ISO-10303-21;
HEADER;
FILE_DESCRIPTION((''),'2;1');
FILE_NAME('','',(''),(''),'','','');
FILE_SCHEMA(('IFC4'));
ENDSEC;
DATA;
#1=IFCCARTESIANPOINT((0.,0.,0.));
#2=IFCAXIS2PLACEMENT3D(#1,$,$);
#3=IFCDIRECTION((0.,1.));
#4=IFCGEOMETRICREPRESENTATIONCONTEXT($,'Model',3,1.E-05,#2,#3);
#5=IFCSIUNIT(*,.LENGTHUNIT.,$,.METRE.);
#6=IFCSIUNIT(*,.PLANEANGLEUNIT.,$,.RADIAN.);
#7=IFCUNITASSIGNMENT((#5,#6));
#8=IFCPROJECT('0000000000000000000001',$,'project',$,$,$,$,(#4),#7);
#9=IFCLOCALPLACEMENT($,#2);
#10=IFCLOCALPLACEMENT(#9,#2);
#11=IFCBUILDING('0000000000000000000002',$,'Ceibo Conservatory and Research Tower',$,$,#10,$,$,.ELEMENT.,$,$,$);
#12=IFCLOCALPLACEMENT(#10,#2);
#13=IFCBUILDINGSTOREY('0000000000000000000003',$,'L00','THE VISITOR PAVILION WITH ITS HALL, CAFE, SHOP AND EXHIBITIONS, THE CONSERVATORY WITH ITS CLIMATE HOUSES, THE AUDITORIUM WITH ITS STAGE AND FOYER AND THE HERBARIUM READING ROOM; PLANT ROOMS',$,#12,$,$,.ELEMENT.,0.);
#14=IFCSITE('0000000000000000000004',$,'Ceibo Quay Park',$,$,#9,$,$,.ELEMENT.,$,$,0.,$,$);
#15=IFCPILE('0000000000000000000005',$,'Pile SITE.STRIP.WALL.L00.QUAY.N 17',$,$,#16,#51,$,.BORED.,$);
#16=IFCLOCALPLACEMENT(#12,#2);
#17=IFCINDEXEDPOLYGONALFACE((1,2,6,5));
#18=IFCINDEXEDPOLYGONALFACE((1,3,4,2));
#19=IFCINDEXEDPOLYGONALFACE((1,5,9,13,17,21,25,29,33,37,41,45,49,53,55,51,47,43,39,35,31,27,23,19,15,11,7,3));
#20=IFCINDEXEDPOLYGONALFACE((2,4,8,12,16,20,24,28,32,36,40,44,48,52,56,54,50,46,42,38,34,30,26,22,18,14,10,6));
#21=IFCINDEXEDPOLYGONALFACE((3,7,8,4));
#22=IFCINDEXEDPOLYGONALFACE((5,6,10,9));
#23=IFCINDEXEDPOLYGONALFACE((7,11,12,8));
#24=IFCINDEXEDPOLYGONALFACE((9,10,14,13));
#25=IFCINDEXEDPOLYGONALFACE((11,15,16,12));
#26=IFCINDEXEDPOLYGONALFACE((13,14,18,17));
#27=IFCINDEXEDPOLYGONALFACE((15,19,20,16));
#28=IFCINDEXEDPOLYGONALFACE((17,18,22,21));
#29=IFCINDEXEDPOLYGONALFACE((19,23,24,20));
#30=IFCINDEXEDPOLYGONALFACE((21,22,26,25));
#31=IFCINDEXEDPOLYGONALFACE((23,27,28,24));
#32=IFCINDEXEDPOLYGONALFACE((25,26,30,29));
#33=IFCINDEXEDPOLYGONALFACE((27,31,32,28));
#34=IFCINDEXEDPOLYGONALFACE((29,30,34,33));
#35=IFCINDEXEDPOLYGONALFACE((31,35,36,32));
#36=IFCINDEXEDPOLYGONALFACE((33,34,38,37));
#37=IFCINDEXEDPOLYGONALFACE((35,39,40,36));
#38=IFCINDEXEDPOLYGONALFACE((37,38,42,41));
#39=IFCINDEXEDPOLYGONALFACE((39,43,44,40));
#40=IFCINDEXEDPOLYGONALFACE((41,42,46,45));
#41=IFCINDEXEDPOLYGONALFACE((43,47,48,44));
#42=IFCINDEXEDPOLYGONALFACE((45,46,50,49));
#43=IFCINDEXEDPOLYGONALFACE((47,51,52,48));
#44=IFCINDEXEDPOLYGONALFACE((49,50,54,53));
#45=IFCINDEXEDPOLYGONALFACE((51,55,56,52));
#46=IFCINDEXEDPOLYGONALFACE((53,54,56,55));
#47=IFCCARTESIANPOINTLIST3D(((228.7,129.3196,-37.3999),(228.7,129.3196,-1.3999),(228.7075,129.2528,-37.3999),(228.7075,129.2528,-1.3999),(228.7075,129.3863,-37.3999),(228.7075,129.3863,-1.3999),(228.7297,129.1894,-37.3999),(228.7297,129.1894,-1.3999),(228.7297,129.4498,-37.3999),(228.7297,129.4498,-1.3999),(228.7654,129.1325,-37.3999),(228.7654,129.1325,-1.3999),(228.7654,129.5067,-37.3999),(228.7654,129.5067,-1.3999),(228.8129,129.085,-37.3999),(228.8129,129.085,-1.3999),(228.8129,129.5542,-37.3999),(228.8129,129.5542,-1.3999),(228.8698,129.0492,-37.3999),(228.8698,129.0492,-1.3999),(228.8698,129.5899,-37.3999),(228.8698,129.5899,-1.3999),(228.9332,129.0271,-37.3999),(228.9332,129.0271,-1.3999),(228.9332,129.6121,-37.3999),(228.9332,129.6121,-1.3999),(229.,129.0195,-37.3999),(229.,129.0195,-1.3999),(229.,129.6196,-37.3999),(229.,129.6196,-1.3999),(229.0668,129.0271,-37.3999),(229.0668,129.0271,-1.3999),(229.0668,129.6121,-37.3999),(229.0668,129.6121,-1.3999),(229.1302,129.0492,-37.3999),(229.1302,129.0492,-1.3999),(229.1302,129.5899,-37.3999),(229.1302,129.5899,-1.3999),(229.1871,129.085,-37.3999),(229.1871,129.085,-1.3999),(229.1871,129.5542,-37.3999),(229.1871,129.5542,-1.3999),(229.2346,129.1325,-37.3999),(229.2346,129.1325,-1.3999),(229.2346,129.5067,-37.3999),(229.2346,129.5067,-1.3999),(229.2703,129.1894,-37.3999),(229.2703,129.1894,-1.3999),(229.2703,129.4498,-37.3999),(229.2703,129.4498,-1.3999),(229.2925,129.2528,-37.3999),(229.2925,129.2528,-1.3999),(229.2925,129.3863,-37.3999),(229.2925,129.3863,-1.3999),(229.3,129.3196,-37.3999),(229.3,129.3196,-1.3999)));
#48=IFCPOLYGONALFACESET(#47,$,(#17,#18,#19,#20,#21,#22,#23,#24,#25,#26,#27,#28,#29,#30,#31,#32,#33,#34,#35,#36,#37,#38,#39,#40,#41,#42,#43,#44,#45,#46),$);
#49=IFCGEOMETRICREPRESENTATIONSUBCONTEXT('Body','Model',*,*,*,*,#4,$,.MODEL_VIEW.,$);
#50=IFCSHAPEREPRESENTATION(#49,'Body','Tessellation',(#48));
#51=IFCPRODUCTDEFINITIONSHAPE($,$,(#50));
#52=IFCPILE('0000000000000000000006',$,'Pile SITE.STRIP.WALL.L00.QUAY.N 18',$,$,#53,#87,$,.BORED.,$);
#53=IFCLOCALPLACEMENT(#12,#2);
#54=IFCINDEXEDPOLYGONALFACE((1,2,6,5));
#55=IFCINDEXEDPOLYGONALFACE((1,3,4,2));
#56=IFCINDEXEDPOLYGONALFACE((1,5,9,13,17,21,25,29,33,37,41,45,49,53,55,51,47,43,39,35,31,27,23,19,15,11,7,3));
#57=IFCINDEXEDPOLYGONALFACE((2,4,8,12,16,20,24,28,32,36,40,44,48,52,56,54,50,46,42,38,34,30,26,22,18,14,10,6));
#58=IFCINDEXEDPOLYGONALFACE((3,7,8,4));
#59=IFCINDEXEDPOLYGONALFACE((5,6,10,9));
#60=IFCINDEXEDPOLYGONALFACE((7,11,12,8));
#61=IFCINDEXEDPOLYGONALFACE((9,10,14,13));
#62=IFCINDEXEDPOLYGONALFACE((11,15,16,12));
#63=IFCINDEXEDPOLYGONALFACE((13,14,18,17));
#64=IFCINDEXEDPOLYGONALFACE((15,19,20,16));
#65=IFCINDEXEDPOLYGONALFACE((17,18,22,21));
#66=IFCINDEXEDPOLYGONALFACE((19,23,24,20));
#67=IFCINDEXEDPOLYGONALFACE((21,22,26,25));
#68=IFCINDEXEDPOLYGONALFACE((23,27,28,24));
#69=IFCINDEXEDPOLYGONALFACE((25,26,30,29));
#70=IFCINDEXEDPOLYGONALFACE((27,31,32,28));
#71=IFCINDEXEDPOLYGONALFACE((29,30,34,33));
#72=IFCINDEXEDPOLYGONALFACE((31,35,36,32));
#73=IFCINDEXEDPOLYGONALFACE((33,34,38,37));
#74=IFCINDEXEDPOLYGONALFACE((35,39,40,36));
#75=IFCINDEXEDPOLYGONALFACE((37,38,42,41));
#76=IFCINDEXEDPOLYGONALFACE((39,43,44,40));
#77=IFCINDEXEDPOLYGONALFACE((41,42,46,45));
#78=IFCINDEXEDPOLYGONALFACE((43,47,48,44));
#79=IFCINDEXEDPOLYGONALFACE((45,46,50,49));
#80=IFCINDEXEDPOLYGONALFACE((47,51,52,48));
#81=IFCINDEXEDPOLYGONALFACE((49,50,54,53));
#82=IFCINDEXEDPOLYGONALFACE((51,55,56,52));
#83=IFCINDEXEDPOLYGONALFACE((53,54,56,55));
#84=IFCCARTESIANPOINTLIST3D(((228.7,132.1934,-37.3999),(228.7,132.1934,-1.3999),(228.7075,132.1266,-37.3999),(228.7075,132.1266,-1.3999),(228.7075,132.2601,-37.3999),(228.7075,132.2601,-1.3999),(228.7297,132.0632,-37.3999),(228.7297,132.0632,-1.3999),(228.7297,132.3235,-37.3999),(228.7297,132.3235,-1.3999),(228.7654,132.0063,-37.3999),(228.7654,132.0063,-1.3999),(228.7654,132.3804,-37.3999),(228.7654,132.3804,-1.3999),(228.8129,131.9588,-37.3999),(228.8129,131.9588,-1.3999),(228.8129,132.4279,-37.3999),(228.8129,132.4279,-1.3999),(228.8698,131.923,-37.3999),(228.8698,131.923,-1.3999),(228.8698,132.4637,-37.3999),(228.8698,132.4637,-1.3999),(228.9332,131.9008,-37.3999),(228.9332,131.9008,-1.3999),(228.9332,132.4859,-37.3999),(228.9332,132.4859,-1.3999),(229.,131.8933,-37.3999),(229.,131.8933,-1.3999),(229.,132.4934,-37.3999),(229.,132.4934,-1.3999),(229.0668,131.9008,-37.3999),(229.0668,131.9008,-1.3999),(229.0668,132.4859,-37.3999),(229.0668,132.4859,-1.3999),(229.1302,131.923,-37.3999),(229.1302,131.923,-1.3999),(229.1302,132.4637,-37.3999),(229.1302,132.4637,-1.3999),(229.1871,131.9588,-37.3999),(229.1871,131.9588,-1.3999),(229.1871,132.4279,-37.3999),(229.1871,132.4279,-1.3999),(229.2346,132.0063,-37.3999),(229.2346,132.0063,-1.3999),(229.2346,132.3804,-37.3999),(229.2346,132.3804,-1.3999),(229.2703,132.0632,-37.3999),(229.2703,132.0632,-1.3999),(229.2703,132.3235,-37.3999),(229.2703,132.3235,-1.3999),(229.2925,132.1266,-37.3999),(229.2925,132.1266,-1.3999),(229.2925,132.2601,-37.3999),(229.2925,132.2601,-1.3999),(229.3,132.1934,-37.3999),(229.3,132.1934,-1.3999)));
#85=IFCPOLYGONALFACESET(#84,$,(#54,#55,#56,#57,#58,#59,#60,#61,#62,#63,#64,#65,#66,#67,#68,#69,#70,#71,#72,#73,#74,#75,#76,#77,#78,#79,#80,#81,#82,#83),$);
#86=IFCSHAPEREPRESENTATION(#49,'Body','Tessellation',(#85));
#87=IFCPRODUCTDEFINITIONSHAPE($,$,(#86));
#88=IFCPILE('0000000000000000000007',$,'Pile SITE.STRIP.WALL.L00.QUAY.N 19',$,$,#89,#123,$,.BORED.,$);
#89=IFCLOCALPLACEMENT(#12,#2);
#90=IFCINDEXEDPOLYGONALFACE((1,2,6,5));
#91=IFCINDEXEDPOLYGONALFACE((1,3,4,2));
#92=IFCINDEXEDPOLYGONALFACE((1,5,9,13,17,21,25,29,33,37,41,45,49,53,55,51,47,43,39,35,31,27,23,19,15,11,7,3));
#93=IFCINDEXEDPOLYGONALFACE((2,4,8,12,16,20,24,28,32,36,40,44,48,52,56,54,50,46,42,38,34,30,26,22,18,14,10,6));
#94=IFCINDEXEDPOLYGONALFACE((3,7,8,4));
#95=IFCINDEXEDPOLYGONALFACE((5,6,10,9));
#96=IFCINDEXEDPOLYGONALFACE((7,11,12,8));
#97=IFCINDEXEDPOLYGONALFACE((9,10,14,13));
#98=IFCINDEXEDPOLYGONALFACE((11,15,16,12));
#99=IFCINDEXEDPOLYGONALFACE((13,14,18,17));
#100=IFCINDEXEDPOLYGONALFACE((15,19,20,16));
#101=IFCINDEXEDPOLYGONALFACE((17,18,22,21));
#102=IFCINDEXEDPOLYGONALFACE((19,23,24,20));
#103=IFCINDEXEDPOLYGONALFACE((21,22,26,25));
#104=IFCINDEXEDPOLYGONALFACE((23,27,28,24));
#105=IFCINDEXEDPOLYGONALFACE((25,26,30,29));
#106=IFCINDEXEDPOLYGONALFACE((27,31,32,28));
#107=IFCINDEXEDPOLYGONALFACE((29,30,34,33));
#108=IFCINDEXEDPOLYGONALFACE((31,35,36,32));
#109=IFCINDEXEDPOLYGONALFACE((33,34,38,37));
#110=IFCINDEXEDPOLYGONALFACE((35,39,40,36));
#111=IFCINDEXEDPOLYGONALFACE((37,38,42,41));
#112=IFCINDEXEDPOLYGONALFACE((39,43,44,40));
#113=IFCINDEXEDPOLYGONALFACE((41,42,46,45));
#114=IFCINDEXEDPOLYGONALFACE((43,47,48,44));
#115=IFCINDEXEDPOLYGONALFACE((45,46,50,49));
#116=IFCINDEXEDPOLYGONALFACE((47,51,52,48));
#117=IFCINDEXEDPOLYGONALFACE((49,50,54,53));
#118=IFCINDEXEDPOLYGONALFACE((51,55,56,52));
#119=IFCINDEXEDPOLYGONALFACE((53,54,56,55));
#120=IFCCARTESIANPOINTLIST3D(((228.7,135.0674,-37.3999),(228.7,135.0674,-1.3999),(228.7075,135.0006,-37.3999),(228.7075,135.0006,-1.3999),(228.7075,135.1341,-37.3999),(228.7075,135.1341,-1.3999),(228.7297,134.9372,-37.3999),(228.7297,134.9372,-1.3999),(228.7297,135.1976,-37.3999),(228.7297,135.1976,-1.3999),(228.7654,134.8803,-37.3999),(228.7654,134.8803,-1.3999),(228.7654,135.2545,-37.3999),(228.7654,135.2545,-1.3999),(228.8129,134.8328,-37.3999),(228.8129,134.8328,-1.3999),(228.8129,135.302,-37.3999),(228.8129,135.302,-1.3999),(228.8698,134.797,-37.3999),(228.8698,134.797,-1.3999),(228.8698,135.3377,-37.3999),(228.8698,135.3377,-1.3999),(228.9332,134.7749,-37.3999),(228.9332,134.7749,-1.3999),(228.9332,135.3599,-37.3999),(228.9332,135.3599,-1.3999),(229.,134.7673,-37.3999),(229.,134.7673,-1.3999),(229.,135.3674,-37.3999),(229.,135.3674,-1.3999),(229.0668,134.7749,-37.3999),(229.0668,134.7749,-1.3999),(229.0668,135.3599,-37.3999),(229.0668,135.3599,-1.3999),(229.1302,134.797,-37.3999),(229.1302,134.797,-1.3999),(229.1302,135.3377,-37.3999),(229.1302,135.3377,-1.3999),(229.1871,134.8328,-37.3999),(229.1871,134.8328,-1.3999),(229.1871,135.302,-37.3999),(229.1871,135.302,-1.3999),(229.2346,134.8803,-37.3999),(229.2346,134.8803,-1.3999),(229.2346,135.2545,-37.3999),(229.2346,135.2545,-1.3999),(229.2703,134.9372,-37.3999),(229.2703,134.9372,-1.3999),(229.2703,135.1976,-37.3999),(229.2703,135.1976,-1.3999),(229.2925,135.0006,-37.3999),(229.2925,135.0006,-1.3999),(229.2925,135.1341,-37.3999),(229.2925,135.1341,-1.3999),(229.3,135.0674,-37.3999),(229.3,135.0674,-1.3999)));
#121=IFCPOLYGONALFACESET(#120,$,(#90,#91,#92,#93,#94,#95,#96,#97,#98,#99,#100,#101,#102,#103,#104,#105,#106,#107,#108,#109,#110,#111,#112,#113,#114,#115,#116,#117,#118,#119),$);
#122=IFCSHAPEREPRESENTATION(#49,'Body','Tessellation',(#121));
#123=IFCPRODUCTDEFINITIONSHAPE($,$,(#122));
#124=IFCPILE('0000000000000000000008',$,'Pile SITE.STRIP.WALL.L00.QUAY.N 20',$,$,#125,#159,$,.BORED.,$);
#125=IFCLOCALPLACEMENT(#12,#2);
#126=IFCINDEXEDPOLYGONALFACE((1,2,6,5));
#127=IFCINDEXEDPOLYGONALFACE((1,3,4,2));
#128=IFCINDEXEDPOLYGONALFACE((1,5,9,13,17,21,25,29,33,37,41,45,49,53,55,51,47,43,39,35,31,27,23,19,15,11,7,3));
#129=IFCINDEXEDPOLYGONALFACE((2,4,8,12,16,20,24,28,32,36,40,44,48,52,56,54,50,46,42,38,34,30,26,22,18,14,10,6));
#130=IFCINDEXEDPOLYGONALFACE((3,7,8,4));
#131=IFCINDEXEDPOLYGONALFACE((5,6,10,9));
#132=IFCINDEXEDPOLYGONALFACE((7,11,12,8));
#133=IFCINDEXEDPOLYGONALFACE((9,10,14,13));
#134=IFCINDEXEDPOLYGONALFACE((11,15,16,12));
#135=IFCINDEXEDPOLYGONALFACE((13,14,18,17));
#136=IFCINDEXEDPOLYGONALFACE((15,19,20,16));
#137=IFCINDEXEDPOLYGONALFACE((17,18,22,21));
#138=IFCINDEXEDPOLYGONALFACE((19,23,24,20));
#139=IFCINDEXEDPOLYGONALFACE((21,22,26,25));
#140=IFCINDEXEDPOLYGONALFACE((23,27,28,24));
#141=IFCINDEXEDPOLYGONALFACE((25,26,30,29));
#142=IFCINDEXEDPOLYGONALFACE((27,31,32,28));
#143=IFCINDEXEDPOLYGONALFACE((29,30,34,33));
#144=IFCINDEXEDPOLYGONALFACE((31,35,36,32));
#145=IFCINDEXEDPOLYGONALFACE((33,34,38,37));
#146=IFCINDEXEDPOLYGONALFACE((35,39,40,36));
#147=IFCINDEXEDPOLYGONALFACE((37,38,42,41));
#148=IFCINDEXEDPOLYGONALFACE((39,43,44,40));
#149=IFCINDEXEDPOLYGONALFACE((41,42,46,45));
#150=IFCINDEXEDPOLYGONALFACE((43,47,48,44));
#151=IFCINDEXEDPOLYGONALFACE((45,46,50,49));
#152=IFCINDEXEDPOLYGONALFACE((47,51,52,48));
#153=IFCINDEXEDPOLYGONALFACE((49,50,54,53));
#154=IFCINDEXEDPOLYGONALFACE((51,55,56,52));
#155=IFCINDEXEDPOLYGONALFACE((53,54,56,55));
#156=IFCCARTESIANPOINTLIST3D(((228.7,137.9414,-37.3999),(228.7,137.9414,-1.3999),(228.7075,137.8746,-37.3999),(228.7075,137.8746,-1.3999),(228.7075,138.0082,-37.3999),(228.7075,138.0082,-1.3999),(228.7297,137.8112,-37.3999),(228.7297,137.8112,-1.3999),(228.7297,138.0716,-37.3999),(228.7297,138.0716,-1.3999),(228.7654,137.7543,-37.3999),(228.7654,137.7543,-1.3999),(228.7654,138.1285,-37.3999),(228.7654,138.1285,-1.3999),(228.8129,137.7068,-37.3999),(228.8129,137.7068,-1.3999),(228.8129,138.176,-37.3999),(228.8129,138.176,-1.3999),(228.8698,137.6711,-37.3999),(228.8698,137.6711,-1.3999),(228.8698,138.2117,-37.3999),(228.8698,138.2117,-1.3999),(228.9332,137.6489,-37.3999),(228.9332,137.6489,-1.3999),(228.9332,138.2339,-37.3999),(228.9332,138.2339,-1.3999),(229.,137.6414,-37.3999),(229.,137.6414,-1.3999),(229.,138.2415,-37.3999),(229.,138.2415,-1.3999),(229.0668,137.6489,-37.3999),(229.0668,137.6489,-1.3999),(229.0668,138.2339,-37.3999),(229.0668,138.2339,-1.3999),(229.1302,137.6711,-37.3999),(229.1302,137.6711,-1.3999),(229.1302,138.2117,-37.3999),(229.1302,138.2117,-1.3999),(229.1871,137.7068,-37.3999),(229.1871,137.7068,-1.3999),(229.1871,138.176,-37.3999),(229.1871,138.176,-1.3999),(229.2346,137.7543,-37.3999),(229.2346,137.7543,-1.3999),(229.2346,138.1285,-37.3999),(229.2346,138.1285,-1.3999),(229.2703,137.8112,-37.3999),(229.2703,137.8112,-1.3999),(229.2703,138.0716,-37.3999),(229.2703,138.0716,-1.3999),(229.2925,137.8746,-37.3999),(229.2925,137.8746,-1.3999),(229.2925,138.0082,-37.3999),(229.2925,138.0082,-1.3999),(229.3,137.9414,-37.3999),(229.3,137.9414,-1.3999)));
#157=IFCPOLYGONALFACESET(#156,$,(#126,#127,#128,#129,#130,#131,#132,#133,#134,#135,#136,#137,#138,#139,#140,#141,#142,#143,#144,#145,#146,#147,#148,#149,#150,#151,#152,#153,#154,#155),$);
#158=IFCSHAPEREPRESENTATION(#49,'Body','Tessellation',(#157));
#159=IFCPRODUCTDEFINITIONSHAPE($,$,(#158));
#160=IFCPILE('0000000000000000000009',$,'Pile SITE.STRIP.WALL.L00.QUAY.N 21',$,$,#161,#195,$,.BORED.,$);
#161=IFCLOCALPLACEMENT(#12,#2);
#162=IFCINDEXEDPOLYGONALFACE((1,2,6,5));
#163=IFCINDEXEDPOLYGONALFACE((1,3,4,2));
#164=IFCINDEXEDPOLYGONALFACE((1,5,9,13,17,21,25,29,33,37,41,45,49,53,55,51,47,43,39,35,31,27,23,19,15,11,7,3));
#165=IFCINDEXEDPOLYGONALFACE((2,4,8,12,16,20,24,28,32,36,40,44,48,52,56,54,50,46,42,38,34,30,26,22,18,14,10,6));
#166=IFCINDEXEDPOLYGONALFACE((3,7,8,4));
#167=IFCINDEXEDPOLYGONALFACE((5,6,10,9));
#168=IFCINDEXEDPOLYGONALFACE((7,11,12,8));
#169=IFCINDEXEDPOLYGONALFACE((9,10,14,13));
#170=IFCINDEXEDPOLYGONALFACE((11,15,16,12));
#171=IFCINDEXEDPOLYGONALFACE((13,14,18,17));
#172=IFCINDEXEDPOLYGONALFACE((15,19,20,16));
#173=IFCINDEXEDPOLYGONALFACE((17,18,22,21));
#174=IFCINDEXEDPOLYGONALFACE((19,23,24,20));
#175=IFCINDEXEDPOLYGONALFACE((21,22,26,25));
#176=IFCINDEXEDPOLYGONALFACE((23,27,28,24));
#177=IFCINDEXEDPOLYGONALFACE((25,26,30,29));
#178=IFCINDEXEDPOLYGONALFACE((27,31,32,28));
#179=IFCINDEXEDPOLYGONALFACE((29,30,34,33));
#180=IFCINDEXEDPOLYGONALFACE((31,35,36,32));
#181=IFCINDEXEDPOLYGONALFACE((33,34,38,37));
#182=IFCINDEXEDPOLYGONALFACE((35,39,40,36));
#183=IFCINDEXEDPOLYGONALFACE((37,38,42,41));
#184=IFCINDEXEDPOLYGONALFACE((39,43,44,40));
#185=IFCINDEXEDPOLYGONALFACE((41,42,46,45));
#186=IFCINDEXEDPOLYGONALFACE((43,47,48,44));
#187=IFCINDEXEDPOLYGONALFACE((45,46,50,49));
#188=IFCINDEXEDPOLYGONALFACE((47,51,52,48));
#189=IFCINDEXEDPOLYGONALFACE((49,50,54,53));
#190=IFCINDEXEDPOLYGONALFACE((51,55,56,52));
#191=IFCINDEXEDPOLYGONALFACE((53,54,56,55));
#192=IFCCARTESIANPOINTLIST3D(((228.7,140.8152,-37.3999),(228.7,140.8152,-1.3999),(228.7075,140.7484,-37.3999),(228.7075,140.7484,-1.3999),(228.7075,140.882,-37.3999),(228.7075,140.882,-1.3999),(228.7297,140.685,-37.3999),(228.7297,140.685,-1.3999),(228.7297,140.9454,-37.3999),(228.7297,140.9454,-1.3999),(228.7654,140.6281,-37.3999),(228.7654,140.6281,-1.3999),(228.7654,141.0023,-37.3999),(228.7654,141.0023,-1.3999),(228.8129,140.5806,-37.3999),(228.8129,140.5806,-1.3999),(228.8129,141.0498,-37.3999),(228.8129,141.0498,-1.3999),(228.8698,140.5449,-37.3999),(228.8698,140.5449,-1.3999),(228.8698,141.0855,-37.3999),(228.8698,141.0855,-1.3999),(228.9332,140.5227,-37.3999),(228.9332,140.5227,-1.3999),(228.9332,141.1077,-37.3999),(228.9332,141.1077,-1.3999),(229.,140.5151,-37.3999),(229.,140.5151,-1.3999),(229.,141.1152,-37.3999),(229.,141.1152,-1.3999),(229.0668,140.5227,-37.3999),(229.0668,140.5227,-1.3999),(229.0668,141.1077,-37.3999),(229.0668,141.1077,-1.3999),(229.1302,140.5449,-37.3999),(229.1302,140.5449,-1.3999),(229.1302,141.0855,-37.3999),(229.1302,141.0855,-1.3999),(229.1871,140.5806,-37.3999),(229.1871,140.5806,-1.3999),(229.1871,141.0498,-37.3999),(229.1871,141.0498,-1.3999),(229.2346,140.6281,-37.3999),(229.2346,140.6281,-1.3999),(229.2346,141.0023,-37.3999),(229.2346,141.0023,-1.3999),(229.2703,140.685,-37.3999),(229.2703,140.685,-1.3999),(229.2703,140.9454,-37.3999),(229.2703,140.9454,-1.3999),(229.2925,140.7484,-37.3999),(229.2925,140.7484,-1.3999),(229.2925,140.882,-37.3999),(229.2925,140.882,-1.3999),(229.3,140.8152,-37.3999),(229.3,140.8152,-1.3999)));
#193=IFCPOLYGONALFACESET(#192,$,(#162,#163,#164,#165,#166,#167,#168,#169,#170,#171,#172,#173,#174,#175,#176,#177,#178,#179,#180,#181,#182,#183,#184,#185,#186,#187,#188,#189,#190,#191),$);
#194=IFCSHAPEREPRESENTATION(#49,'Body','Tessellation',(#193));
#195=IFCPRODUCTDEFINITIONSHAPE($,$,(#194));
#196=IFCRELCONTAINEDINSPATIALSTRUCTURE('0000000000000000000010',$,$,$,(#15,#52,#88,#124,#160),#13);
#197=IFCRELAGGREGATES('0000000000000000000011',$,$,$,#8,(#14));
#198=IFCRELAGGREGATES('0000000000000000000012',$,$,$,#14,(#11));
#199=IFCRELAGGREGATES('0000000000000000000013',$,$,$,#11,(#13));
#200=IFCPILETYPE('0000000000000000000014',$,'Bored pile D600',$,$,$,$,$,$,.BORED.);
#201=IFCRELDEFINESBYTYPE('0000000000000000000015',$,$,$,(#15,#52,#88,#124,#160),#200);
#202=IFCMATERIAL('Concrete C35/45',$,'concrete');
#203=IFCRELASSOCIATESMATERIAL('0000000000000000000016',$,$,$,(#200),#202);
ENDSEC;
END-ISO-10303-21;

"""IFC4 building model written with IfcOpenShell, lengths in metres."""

from ifc_helpers import new_model, si_unit, direction, frame, origin, origin_2d, place, context, subcontext, project, spatial, circle, extrude, material, material_profile, profile_set, type_object, element, save


model = new_model("IFC4")

# Units and contexts
model_context = context("Model", 3, precision=1e-05, world=origin(), true_north=direction((0.0, 1.0)))
body_context = subcontext(model_context, "Body", "Model", "MODEL_VIEW")
ifc_project = project(units=[si_unit("LENGTHUNIT", "METRE"), si_unit("PLANEANGLEUNIT", "RADIAN")], contexts=[model_context])

# Site, building, storey
site_placement = place(None, origin())
site = spatial("IfcSite", under=ifc_project, at=site_placement, Name="Ceibo Quay Park", CompositionType="ELEMENT", RefElevation=0.0)
building_placement = place(site_placement, origin())
building = spatial("IfcBuilding", under=site, at=building_placement, Name="Ceibo Conservatory and Research Tower", CompositionType="ELEMENT")
storey_placement = place(building_placement, origin())
storey = spatial("IfcBuildingStorey", under=building, at=storey_placement, Name="L00", Description="THE VISITOR PAVILION WITH ITS HALL, CAFE, SHOP AND EXHIBITIONS, THE CONSERVATORY WITH ITS CLIMATE HOUSES, THE AUDITORIUM WITH ITS STAGE AND FOYER AND THE HERBARIUM READING ROOM; PLANT ROOMS", CompositionType="ELEMENT", Elevation=0.0)

# Piles
ifc_material = material(Name="Concrete C35/45", Category="concrete")
ifc_material_profile = material_profile(ifc_material, circle(Radius=0.3, at=origin_2d()), Name="RC D600")
ifc_profile_set = profile_set([ifc_material_profile], Name="Concrete C35/45")
pile_type = type_object("IfcPileType", Name="Bored pile D600", PredefinedType="BORED", material=ifc_profile_set)
for number, where, z_axis, x_axis, name in (
    (1, (229.0, 129.3196, -1.3999), (0.0, 0.0, -1.0), (1.0, 0.0, 0.0), "Pile SITE.STRIP.WALL.L00.QUAY.N 17"),
    (2, (229.0, 132.1934, -1.3999), (0.0, 0.0, -1.0), (1.0, 0.0, 0.0), "Pile SITE.STRIP.WALL.L00.QUAY.N 18"),
    (3, (229.0, 135.0674, -1.3999), (0.0, 0.0, -1.0), (1.0, 0.0, 0.0), "Pile SITE.STRIP.WALL.L00.QUAY.N 19"),
    (4, (229.0, 137.9414, -1.3999), (0.0, 0.0, -1.0), (1.0, 0.0, 0.0), "Pile SITE.STRIP.WALL.L00.QUAY.N 20"),
    (5, (229.0, 140.8152, -1.3999), (0.0, 0.0, -1.0), (1.0, 0.0, 0.0), "Pile SITE.STRIP.WALL.L00.QUAY.N 21"),
):
    element("IfcPile", number, at=place(storey_placement, frame(where, z_axis=z_axis, x_axis=x_axis)), inside=storey, type_object=pile_type, Name=name, PredefinedType="BORED", context=body_context, shape_type="SweptSolid", body=[
        extrude(circle(Radius=0.3, at=origin_2d()), origin(), (0.0, 0.0, 1.0), 36.0),
    ])

save(model, "model.ifc")
